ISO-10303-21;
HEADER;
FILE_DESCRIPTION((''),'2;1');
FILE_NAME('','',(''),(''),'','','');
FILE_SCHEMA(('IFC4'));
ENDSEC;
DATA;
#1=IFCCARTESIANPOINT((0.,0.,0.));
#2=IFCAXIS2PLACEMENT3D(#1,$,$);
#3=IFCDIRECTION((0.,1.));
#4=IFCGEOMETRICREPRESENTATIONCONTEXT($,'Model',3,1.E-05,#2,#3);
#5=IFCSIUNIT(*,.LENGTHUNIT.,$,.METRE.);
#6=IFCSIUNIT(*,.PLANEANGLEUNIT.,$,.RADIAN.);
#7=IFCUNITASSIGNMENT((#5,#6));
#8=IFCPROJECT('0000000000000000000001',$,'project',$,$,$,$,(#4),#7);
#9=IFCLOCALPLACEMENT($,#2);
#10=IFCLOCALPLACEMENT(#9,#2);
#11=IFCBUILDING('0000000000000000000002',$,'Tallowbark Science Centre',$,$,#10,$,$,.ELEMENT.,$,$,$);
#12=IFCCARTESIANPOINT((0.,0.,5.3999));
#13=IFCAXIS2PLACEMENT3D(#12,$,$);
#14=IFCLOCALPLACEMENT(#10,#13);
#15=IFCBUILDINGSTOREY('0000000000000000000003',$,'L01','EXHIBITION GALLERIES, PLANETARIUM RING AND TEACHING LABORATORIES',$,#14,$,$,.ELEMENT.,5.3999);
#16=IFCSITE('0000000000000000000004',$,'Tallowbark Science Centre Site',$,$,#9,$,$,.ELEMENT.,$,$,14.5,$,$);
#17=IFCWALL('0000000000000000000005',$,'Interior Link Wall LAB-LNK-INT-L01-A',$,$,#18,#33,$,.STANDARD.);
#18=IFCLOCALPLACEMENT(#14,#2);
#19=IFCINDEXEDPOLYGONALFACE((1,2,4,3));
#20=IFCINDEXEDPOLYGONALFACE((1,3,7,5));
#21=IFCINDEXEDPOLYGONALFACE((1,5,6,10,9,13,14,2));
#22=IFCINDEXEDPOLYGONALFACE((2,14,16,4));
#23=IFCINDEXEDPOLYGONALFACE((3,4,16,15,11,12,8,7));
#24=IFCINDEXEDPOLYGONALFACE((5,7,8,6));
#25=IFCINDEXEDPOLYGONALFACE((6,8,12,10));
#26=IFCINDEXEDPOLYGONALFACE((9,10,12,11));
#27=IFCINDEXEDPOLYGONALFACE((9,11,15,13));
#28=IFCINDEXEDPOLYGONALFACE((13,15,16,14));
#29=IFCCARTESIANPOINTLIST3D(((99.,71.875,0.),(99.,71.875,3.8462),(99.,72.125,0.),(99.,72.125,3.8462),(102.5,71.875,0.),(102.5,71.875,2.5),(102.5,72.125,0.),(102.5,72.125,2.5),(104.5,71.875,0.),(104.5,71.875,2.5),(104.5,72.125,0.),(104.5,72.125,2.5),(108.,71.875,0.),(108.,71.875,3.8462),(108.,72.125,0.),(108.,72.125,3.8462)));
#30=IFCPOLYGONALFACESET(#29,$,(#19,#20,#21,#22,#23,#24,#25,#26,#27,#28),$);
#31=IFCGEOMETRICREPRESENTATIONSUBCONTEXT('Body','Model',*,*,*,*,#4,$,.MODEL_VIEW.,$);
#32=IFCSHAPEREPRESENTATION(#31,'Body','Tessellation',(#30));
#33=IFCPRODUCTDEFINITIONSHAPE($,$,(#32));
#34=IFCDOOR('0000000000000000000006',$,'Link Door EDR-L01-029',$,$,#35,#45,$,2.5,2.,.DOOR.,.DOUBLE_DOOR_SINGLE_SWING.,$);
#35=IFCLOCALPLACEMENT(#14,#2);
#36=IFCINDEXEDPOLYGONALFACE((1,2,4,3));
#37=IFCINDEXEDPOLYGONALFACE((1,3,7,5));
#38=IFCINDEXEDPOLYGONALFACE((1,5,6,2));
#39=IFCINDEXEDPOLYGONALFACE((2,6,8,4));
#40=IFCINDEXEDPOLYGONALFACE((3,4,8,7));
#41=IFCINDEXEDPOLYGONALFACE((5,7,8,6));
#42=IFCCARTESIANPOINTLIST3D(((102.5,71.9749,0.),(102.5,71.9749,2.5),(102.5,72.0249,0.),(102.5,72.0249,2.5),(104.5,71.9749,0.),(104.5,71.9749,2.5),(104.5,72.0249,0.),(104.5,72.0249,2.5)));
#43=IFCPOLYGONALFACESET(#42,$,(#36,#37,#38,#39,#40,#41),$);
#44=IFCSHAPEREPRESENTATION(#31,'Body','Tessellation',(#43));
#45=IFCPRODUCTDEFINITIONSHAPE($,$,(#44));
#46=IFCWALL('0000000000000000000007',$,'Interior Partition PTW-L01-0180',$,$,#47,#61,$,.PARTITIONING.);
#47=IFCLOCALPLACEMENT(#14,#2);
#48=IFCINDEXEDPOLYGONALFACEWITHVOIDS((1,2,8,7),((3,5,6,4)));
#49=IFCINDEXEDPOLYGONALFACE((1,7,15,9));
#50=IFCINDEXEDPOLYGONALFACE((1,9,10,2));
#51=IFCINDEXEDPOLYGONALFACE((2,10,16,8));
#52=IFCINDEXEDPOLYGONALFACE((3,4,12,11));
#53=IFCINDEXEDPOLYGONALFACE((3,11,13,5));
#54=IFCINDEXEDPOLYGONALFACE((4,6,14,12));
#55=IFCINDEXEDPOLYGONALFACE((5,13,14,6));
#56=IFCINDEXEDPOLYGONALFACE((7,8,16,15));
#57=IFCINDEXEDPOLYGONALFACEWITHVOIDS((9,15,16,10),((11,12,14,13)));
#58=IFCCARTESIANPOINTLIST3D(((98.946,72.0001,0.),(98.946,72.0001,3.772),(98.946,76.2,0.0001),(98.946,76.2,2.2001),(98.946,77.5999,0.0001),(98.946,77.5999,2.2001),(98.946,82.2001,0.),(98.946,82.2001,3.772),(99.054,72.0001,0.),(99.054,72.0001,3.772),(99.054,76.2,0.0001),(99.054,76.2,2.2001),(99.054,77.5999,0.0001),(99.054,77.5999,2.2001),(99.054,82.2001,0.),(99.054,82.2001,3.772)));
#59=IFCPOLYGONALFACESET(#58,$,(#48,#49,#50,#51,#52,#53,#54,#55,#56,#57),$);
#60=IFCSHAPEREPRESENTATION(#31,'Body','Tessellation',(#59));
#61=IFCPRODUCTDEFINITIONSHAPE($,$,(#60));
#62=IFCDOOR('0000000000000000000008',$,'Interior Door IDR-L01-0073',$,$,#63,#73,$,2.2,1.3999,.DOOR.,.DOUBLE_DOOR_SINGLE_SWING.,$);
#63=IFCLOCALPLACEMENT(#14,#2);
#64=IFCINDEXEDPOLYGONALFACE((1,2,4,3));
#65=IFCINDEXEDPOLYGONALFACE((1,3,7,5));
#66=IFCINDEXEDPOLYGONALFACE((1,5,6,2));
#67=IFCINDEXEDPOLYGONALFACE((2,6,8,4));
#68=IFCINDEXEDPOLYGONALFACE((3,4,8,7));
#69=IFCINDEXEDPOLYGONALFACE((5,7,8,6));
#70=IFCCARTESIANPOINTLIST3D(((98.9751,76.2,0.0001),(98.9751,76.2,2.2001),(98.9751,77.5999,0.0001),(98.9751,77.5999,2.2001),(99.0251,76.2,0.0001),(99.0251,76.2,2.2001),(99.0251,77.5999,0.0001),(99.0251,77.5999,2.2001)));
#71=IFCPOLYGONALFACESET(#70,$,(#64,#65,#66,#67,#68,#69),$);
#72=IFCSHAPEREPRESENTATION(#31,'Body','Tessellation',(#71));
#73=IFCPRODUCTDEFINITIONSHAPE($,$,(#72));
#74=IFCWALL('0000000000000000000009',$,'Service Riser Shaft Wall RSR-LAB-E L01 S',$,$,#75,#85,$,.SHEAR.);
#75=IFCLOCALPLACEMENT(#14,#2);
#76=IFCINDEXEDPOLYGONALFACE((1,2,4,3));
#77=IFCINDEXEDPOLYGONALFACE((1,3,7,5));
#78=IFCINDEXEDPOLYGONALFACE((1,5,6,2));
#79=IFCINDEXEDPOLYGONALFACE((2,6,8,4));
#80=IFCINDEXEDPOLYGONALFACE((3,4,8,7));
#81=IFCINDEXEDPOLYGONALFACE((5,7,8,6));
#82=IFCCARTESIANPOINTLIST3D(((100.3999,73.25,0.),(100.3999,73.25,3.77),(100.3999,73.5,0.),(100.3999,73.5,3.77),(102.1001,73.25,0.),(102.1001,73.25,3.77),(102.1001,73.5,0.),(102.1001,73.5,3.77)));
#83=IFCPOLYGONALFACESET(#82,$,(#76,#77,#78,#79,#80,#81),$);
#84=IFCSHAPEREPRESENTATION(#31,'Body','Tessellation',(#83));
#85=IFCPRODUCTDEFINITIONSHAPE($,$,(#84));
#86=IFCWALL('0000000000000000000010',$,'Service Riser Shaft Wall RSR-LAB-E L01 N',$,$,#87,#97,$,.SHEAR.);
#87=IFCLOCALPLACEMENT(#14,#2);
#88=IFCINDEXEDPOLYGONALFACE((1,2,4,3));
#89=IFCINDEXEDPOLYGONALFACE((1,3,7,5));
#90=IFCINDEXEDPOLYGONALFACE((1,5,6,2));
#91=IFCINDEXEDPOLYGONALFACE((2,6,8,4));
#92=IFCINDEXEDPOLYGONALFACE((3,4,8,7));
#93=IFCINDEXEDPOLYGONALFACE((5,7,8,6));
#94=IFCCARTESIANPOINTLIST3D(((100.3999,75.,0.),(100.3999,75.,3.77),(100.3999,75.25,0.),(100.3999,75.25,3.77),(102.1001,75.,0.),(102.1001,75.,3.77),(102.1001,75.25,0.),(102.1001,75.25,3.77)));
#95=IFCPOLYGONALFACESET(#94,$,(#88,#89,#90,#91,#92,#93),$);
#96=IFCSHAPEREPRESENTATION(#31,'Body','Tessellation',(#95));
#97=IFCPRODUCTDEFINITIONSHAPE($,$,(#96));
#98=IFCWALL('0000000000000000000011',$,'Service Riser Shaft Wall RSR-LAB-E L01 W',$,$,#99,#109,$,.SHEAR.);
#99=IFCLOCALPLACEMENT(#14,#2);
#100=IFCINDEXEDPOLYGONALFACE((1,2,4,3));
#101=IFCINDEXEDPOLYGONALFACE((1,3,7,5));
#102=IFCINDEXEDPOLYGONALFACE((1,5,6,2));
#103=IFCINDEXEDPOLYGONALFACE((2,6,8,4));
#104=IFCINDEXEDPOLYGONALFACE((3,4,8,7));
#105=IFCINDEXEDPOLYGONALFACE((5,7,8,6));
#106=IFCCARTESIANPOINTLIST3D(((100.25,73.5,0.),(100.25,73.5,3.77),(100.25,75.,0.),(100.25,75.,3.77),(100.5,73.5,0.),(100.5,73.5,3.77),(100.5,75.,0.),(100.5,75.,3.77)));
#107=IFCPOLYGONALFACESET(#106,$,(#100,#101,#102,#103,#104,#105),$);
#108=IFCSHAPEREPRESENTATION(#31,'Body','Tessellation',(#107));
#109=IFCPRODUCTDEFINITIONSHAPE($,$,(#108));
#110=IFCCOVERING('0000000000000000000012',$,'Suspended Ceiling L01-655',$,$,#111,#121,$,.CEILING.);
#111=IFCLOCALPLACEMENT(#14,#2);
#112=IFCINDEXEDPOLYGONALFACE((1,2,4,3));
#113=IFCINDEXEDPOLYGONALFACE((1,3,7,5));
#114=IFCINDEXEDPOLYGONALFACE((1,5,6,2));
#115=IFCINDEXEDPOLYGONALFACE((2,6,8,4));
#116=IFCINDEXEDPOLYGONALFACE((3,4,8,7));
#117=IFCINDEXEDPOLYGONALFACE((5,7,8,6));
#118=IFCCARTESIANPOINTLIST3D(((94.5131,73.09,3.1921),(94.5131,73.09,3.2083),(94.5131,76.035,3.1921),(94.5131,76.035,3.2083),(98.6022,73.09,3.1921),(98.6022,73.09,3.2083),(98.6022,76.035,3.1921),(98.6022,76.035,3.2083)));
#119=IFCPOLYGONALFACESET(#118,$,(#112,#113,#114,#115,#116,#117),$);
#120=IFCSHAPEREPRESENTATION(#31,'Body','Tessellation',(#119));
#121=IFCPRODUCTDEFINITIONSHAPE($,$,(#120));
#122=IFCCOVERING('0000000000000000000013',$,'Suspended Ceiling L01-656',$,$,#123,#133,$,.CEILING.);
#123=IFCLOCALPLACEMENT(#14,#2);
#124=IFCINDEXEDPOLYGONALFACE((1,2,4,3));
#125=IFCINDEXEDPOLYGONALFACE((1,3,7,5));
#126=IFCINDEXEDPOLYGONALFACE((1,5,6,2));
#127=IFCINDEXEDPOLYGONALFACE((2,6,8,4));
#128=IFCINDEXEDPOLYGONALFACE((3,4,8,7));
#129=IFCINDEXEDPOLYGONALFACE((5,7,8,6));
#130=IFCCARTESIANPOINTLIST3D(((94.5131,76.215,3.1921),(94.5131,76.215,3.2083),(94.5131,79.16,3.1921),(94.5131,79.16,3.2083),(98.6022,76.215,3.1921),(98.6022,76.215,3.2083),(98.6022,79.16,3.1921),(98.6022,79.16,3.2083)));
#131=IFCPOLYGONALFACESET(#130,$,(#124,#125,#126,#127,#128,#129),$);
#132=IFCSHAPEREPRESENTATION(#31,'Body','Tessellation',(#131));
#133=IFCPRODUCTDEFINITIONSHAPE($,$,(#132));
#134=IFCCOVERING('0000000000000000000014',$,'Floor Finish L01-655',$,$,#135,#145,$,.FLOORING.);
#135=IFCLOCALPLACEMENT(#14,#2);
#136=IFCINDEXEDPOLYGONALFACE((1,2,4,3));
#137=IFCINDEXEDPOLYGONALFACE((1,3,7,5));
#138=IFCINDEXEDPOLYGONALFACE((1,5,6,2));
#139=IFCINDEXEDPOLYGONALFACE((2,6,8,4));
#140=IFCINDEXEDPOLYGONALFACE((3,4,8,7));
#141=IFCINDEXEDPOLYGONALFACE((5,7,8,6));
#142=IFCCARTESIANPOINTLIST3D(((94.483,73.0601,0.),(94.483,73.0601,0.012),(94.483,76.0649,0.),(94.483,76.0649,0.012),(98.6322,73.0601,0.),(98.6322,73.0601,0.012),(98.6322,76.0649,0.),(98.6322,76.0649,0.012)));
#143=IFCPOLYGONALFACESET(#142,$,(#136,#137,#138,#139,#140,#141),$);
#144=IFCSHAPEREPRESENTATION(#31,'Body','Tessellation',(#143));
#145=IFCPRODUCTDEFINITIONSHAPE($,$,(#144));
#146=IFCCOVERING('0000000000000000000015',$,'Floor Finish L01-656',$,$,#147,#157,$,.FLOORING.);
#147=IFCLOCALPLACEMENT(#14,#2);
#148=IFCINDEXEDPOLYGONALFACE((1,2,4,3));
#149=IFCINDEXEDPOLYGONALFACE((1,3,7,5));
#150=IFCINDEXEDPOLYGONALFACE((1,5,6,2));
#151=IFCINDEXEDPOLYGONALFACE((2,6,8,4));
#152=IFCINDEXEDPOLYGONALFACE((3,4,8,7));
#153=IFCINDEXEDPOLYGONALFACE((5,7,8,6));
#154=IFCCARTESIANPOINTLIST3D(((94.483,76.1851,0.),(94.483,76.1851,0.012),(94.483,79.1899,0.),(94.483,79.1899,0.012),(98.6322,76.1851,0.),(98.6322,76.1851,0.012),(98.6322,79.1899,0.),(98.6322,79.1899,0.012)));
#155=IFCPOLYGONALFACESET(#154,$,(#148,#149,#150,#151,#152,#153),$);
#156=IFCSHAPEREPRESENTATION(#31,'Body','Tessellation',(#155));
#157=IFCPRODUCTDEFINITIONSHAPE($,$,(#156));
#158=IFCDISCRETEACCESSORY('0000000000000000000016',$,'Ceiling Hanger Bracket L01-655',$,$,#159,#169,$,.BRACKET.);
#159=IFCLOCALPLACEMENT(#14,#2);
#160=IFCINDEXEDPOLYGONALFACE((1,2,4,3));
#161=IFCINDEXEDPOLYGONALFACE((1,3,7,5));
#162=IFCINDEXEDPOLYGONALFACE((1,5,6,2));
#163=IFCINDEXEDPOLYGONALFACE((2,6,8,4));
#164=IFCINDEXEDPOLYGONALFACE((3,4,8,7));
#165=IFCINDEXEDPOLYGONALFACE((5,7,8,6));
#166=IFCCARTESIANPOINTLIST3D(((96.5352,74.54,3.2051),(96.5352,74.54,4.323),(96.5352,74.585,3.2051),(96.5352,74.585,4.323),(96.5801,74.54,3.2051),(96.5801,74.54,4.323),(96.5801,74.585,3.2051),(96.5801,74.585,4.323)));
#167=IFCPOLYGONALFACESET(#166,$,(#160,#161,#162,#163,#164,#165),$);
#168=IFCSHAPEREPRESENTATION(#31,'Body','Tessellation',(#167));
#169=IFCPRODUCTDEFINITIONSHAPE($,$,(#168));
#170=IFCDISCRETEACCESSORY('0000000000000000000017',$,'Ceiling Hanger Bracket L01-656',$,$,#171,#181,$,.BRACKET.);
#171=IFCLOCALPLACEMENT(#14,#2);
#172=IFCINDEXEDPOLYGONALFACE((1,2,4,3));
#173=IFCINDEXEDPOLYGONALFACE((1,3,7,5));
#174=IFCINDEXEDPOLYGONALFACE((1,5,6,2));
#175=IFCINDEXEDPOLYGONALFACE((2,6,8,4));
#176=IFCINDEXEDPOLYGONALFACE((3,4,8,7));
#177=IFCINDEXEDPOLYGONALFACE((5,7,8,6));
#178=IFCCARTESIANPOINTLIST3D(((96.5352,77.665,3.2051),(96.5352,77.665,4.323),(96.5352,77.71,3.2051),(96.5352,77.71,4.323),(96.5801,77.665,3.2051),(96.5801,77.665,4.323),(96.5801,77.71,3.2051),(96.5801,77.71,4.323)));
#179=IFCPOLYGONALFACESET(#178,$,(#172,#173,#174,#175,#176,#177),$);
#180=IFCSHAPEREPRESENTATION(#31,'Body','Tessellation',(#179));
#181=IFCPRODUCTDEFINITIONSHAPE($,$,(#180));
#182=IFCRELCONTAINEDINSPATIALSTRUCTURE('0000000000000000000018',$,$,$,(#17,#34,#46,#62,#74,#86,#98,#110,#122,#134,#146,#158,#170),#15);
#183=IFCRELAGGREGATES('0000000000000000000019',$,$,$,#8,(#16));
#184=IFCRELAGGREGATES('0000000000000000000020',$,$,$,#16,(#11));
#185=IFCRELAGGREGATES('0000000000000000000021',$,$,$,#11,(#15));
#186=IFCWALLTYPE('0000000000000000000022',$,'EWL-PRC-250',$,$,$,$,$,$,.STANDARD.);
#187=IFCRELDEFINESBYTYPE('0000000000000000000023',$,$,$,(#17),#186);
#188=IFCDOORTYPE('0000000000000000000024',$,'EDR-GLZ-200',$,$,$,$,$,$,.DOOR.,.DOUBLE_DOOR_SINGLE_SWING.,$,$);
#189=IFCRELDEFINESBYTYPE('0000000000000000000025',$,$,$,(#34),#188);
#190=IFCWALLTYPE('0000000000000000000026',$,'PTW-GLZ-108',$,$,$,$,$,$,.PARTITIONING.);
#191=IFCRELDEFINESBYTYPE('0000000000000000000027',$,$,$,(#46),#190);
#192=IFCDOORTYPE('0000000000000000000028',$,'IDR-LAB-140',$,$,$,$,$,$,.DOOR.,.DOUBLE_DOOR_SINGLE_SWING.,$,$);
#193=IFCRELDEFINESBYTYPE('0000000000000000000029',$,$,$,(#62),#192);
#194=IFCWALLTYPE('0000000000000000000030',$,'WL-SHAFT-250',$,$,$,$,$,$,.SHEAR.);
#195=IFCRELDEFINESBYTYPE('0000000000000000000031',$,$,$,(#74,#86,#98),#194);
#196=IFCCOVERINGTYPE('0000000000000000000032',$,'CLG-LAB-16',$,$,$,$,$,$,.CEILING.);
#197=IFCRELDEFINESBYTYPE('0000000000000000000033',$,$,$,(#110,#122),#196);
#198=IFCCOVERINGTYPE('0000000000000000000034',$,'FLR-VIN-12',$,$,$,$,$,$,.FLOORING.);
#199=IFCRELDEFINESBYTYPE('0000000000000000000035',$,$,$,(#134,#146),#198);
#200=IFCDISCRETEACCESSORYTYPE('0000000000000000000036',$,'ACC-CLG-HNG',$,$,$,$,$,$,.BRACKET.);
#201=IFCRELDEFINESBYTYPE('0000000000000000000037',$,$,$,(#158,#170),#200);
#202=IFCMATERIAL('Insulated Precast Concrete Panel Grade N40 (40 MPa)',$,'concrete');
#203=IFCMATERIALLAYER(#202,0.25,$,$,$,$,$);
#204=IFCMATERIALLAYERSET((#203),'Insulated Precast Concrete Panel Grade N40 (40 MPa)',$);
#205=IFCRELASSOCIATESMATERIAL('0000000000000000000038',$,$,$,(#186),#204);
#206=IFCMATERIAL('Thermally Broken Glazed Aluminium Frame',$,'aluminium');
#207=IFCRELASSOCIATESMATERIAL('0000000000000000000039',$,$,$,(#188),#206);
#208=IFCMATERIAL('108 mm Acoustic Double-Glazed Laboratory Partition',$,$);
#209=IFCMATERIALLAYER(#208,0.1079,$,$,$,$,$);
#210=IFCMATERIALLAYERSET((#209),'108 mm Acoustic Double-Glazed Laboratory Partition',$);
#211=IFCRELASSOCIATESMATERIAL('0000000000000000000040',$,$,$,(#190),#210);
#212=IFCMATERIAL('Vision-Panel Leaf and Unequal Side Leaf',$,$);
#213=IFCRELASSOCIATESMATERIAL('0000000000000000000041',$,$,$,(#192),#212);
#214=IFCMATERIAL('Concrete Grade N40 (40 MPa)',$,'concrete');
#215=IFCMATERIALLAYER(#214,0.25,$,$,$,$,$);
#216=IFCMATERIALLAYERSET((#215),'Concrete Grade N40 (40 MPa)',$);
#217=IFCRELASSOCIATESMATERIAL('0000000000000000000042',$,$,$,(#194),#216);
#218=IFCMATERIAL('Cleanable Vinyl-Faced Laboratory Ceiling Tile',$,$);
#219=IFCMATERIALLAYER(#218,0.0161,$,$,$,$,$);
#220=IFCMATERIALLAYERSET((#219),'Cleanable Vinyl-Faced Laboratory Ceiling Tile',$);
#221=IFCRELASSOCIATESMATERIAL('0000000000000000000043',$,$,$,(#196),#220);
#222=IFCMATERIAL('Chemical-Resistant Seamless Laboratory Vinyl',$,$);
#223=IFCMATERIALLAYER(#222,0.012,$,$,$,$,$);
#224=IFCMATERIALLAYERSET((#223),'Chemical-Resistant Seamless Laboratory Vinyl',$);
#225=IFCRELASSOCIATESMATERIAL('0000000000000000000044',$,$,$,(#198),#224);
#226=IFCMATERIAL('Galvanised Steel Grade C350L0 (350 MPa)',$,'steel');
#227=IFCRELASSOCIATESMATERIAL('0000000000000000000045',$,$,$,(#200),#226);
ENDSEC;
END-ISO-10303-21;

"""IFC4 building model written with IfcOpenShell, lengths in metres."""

from ifc_helpers import new_model, si_unit, direction, frame, frame_2d, origin, origin_2d, place, context, subcontext, project, spatial, rectangle, extrude, material, layer, layer_set, type_object, element, fill, save


model = new_model("IFC4")

# Units and contexts
model_context = context("Model", 3, precision=1e-05, world=origin(), true_north=direction((0.0, 1.0)))
body_context = subcontext(model_context, "Body", "Model", "MODEL_VIEW")
ifc_project = project(units=[si_unit("LENGTHUNIT", "METRE"), si_unit("PLANEANGLEUNIT", "RADIAN")], contexts=[model_context])

# Site, building, storey
site_placement = place(None, origin())
site = spatial("IfcSite", under=ifc_project, at=site_placement, Name="Tallowbark Science Centre Site", CompositionType="ELEMENT", RefElevation=14.5)
building_placement = place(site_placement, origin())
building = spatial("IfcBuilding", under=site, at=building_placement, Name="Tallowbark Science Centre", CompositionType="ELEMENT")
storey_placement = place(building_placement, frame((0.0, 0.0, 5.3999)))
storey = spatial("IfcBuildingStorey", under=building, at=storey_placement, Name="L01", Description="EXHIBITION GALLERIES, PLANETARIUM RING AND TEACHING LABORATORIES", CompositionType="ELEMENT", Elevation=5.3999)

# Walls, openings, doors
ifc_material_1 = material(Name="Insulated Precast Concrete Panel Grade N40 (40 MPa)", Category="concrete")
ifc_layer_1 = layer(ifc_material_1, 0.25)
ifc_layer_set_1 = layer_set([ifc_layer_1], Name="Insulated Precast Concrete Panel Grade N40 (40 MPa)")
wall_type_1 = type_object("IfcWallType", Name="EWL-PRC-250", PredefinedType="STANDARD", material=ifc_layer_set_1)
wall_1_placement = place(storey_placement, frame((99.0, 72.0, 0.0), z_axis=(0.0, 0.0, 1.0), x_axis=(1.0, 0.0, 0.0)))
wall_1 = element("IfcWall", 1, at=wall_1_placement, inside=storey, type_object=wall_type_1, Name="Interior Link Wall LAB-LNK-INT-L01-A", PredefinedType="STANDARD", context=body_context, shape_type="SweptSolid", body=[
    extrude(rectangle(XDim=9.0, YDim=0.25, at=frame_2d((4.5, 0.0))), origin(), (0.0, 0.0, 1.0), 3.8462),
])
opening_1_placement = place(wall_1_placement, frame((3.5, 0.0, 0.0)))
opening_1 = element("IfcOpeningElement", 2, at=opening_1_placement, cuts=wall_1, PredefinedType="OPENING", context=body_context, shape_type="SweptSolid", body=[
    extrude(rectangle(XDim=2.0, YDim=2.5, at=frame_2d((1.0, 1.25))), frame((0.0, 0.135, 0.0), z_axis=(0.0, -1.0, 0.0), x_axis=(1.0, 0.0, 0.0)), (0.0, 0.0, 1.0), 0.27),
])
ifc_material_2 = material(Name="Thermally Broken Glazed Aluminium Frame", Category="aluminium")
door_type_1 = type_object("IfcDoorType", Name="EDR-GLZ-200", OperationType="DOUBLE_DOOR_SINGLE_SWING", PredefinedType="DOOR", material=ifc_material_2)
door_1_placement = place(opening_1_placement, origin())
door_1 = element("IfcDoor", 3, at=door_1_placement, inside=storey, type_object=door_type_1, Name="Link Door EDR-L01-029", OperationType="DOUBLE_DOOR_SINGLE_SWING", OverallHeight=2.5, OverallWidth=2.0, PredefinedType="DOOR", context=body_context, shape_type="SweptSolid", body=[
    extrude(rectangle(XDim=2.0, YDim=2.5, at=frame_2d((1.0, 1.25))), frame((0.0, 0.0249, 0.0), z_axis=(0.0, -1.0, 0.0), x_axis=(1.0, 0.0, 0.0)), (0.0, 0.0, 1.0), 0.05),
])
fill(opening_1, door_1)
ifc_material_3 = material(Name="108 mm Acoustic Double-Glazed Laboratory Partition")
ifc_layer_2 = layer(ifc_material_3, 0.1079)
ifc_layer_set_2 = layer_set([ifc_layer_2], Name="108 mm Acoustic Double-Glazed Laboratory Partition")
wall_type_2 = type_object("IfcWallType", Name="PTW-GLZ-108", PredefinedType="PARTITIONING", material=ifc_layer_set_2)
wall_2_placement = place(storey_placement, frame((99.0, 72.0, 0.0), z_axis=(0.0, 0.0, 1.0), x_axis=(0.0, 1.0, 0.0)))
wall_2 = element("IfcWall", 4, at=wall_2_placement, inside=storey, type_object=wall_type_2, Name="Interior Partition PTW-L01-0180", PredefinedType="PARTITIONING", context=body_context, shape_type="SweptSolid", body=[
    extrude(rectangle(XDim=10.2, YDim=0.1079, at=frame_2d((5.1001, 0.0))), origin(), (0.0, 0.0, 1.0), 3.772),
])
opening_2_placement = place(wall_2_placement, frame((4.2, 0.0, 0.0)))
opening_2 = element("IfcOpeningElement", 5, at=opening_2_placement, cuts=wall_2, PredefinedType="OPENING", context=body_context, shape_type="SweptSolid", body=[
    extrude(rectangle(XDim=1.3999, YDim=2.2, at=frame_2d((0.7, 1.1001))), frame((0.0, 0.064, 0.0), z_axis=(0.0, -1.0, 0.0), x_axis=(1.0, 0.0, 0.0)), (0.0, 0.0, 1.0), 0.1279),
])
ifc_material_4 = material(Name="Vision-Panel Leaf and Unequal Side Leaf")
door_type_2 = type_object("IfcDoorType", Name="IDR-LAB-140", OperationType="DOUBLE_DOOR_SINGLE_SWING", PredefinedType="DOOR", material=ifc_material_4)
door_2_placement = place(opening_2_placement, origin())
door_2 = element("IfcDoor", 6, at=door_2_placement, inside=storey, type_object=door_type_2, Name="Interior Door IDR-L01-0073", OperationType="DOUBLE_DOOR_SINGLE_SWING", OverallHeight=2.2, OverallWidth=1.3999, PredefinedType="DOOR", context=body_context, shape_type="SweptSolid", body=[
    extrude(rectangle(XDim=1.3999, YDim=2.2, at=frame_2d((0.7, 1.1001))), frame((0.0, 0.0249, 0.0), z_axis=(0.0, -1.0, 0.0), x_axis=(1.0, 0.0, 0.0)), (0.0, 0.0, 1.0), 0.05),
])
fill(opening_2, door_2)

# Walls
ifc_material_5 = material(Name="Concrete Grade N40 (40 MPa)", Category="concrete")
ifc_layer_3 = layer(ifc_material_5, 0.25)
ifc_layer_set_3 = layer_set([ifc_layer_3], Name="Concrete Grade N40 (40 MPa)")
wall_type_3 = type_object("IfcWallType", Name="WL-SHAFT-250", PredefinedType="SHEAR", material=ifc_layer_set_3)
for number, where, z_axis, x_axis, name in (
    (7, (100.3999, 73.375, 0.0), (0.0, 0.0, 1.0), (1.0, 0.0, 0.0), "Service Riser Shaft Wall RSR-LAB-E L01 S"),
    (8, (100.3999, 75.125, 0.0), (0.0, 0.0, 1.0), (1.0, 0.0, 0.0), "Service Riser Shaft Wall RSR-LAB-E L01 N"),
):
    element("IfcWall", number, at=place(storey_placement, frame(where, z_axis=z_axis, x_axis=x_axis)), inside=storey, type_object=wall_type_3, Name=name, PredefinedType="SHEAR", context=body_context, shape_type="SweptSolid", body=[
        extrude(rectangle(XDim=1.7002, YDim=0.25, at=frame_2d((0.8501, 0.0))), origin(), (0.0, 0.0, 1.0), 3.77),
    ])
wall_3_placement = place(storey_placement, frame((100.375, 73.5, 0.0), z_axis=(0.0, 0.0, 1.0), x_axis=(0.0, 1.0, 0.0)))
element("IfcWall", 9, at=wall_3_placement, inside=storey, type_object=wall_type_3, Name="Service Riser Shaft Wall RSR-LAB-E L01 W", PredefinedType="SHEAR", context=body_context, shape_type="SweptSolid", body=[
    extrude(rectangle(XDim=1.5, YDim=0.25, at=frame_2d((0.75, 0.0))), origin(), (0.0, 0.0, 1.0), 3.77),
])

# Coverings
ifc_material_6 = material(Name="Cleanable Vinyl-Faced Laboratory Ceiling Tile")
ifc_layer_4 = layer(ifc_material_6, 0.0161)
ifc_layer_set_4 = layer_set([ifc_layer_4], Name="Cleanable Vinyl-Faced Laboratory Ceiling Tile")
covering_type_1 = type_object("IfcCoveringType", Name="CLG-LAB-16", PredefinedType="CEILING", material=ifc_layer_set_4)
for number, where, z_axis, x_axis, name in (
    (10, (96.5576, 74.5625, 3.1921), (0.0, 0.0, 1.0), (1.0, 0.0, 0.0), "Suspended Ceiling L01-655"),
    (11, (96.5576, 77.6875, 3.1921), (0.0, 0.0, 1.0), (1.0, 0.0, 0.0), "Suspended Ceiling L01-656"),
):
    element("IfcCovering", number, at=place(storey_placement, frame(where, z_axis=z_axis, x_axis=x_axis)), inside=storey, type_object=covering_type_1, Name=name, PredefinedType="CEILING", context=body_context, shape_type="SweptSolid", body=[
        extrude(rectangle(XDim=4.0891, YDim=2.9451, at=origin_2d()), origin(), (0.0, 0.0, 1.0), 0.0161),
    ])
ifc_material_7 = material(Name="Chemical-Resistant Seamless Laboratory Vinyl")
ifc_layer_5 = layer(ifc_material_7, 0.012)
ifc_layer_set_5 = layer_set([ifc_layer_5], Name="Chemical-Resistant Seamless Laboratory Vinyl")
covering_type_2 = type_object("IfcCoveringType", Name="FLR-VIN-12", PredefinedType="FLOORING", material=ifc_layer_set_5)
for number, where, z_axis, x_axis, name in (
    (12, (96.5576, 74.5625, 0.0), (0.0, 0.0, 1.0), (1.0, 0.0, 0.0), "Floor Finish L01-655"),
    (13, (96.5576, 77.6875, 0.0), (0.0, 0.0, 1.0), (1.0, 0.0, 0.0), "Floor Finish L01-656"),
):
    element("IfcCovering", number, at=place(storey_placement, frame(where, z_axis=z_axis, x_axis=x_axis)), inside=storey, type_object=covering_type_2, Name=name, PredefinedType="FLOORING", context=body_context, shape_type="SweptSolid", body=[
        extrude(rectangle(XDim=4.1492, YDim=3.0049, at=origin_2d()), origin(), (0.0, 0.0, 1.0), 0.012),
    ])

# Discrete accessories
ifc_material_8 = material(Name="Galvanised Steel Grade C350L0 (350 MPa)", Category="steel")
discrete_accessory_type = type_object("IfcDiscreteAccessoryType", Name="ACC-CLG-HNG", PredefinedType="BRACKET", material=ifc_material_8)
for number, where, z_axis, x_axis, name in (
    (14, (96.5576, 74.5625, 3.2051), (0.0, 0.0, 1.0), (1.0, 0.0, 0.0), "Ceiling Hanger Bracket L01-655"),
    (15, (96.5576, 77.6875, 3.2051), (0.0, 0.0, 1.0), (1.0, 0.0, 0.0), "Ceiling Hanger Bracket L01-656"),
):
    element("IfcDiscreteAccessory", number, at=place(storey_placement, frame(where, z_axis=z_axis, x_axis=x_axis)), inside=storey, type_object=discrete_accessory_type, Name=name, PredefinedType="BRACKET", context=body_context, shape_type="SweptSolid", body=[
        extrude(rectangle(XDim=0.0449, YDim=0.0449, at=origin_2d()), origin(), (0.0, 0.0, 1.0), 1.1179),
    ])

save(model, "model.ifc")
